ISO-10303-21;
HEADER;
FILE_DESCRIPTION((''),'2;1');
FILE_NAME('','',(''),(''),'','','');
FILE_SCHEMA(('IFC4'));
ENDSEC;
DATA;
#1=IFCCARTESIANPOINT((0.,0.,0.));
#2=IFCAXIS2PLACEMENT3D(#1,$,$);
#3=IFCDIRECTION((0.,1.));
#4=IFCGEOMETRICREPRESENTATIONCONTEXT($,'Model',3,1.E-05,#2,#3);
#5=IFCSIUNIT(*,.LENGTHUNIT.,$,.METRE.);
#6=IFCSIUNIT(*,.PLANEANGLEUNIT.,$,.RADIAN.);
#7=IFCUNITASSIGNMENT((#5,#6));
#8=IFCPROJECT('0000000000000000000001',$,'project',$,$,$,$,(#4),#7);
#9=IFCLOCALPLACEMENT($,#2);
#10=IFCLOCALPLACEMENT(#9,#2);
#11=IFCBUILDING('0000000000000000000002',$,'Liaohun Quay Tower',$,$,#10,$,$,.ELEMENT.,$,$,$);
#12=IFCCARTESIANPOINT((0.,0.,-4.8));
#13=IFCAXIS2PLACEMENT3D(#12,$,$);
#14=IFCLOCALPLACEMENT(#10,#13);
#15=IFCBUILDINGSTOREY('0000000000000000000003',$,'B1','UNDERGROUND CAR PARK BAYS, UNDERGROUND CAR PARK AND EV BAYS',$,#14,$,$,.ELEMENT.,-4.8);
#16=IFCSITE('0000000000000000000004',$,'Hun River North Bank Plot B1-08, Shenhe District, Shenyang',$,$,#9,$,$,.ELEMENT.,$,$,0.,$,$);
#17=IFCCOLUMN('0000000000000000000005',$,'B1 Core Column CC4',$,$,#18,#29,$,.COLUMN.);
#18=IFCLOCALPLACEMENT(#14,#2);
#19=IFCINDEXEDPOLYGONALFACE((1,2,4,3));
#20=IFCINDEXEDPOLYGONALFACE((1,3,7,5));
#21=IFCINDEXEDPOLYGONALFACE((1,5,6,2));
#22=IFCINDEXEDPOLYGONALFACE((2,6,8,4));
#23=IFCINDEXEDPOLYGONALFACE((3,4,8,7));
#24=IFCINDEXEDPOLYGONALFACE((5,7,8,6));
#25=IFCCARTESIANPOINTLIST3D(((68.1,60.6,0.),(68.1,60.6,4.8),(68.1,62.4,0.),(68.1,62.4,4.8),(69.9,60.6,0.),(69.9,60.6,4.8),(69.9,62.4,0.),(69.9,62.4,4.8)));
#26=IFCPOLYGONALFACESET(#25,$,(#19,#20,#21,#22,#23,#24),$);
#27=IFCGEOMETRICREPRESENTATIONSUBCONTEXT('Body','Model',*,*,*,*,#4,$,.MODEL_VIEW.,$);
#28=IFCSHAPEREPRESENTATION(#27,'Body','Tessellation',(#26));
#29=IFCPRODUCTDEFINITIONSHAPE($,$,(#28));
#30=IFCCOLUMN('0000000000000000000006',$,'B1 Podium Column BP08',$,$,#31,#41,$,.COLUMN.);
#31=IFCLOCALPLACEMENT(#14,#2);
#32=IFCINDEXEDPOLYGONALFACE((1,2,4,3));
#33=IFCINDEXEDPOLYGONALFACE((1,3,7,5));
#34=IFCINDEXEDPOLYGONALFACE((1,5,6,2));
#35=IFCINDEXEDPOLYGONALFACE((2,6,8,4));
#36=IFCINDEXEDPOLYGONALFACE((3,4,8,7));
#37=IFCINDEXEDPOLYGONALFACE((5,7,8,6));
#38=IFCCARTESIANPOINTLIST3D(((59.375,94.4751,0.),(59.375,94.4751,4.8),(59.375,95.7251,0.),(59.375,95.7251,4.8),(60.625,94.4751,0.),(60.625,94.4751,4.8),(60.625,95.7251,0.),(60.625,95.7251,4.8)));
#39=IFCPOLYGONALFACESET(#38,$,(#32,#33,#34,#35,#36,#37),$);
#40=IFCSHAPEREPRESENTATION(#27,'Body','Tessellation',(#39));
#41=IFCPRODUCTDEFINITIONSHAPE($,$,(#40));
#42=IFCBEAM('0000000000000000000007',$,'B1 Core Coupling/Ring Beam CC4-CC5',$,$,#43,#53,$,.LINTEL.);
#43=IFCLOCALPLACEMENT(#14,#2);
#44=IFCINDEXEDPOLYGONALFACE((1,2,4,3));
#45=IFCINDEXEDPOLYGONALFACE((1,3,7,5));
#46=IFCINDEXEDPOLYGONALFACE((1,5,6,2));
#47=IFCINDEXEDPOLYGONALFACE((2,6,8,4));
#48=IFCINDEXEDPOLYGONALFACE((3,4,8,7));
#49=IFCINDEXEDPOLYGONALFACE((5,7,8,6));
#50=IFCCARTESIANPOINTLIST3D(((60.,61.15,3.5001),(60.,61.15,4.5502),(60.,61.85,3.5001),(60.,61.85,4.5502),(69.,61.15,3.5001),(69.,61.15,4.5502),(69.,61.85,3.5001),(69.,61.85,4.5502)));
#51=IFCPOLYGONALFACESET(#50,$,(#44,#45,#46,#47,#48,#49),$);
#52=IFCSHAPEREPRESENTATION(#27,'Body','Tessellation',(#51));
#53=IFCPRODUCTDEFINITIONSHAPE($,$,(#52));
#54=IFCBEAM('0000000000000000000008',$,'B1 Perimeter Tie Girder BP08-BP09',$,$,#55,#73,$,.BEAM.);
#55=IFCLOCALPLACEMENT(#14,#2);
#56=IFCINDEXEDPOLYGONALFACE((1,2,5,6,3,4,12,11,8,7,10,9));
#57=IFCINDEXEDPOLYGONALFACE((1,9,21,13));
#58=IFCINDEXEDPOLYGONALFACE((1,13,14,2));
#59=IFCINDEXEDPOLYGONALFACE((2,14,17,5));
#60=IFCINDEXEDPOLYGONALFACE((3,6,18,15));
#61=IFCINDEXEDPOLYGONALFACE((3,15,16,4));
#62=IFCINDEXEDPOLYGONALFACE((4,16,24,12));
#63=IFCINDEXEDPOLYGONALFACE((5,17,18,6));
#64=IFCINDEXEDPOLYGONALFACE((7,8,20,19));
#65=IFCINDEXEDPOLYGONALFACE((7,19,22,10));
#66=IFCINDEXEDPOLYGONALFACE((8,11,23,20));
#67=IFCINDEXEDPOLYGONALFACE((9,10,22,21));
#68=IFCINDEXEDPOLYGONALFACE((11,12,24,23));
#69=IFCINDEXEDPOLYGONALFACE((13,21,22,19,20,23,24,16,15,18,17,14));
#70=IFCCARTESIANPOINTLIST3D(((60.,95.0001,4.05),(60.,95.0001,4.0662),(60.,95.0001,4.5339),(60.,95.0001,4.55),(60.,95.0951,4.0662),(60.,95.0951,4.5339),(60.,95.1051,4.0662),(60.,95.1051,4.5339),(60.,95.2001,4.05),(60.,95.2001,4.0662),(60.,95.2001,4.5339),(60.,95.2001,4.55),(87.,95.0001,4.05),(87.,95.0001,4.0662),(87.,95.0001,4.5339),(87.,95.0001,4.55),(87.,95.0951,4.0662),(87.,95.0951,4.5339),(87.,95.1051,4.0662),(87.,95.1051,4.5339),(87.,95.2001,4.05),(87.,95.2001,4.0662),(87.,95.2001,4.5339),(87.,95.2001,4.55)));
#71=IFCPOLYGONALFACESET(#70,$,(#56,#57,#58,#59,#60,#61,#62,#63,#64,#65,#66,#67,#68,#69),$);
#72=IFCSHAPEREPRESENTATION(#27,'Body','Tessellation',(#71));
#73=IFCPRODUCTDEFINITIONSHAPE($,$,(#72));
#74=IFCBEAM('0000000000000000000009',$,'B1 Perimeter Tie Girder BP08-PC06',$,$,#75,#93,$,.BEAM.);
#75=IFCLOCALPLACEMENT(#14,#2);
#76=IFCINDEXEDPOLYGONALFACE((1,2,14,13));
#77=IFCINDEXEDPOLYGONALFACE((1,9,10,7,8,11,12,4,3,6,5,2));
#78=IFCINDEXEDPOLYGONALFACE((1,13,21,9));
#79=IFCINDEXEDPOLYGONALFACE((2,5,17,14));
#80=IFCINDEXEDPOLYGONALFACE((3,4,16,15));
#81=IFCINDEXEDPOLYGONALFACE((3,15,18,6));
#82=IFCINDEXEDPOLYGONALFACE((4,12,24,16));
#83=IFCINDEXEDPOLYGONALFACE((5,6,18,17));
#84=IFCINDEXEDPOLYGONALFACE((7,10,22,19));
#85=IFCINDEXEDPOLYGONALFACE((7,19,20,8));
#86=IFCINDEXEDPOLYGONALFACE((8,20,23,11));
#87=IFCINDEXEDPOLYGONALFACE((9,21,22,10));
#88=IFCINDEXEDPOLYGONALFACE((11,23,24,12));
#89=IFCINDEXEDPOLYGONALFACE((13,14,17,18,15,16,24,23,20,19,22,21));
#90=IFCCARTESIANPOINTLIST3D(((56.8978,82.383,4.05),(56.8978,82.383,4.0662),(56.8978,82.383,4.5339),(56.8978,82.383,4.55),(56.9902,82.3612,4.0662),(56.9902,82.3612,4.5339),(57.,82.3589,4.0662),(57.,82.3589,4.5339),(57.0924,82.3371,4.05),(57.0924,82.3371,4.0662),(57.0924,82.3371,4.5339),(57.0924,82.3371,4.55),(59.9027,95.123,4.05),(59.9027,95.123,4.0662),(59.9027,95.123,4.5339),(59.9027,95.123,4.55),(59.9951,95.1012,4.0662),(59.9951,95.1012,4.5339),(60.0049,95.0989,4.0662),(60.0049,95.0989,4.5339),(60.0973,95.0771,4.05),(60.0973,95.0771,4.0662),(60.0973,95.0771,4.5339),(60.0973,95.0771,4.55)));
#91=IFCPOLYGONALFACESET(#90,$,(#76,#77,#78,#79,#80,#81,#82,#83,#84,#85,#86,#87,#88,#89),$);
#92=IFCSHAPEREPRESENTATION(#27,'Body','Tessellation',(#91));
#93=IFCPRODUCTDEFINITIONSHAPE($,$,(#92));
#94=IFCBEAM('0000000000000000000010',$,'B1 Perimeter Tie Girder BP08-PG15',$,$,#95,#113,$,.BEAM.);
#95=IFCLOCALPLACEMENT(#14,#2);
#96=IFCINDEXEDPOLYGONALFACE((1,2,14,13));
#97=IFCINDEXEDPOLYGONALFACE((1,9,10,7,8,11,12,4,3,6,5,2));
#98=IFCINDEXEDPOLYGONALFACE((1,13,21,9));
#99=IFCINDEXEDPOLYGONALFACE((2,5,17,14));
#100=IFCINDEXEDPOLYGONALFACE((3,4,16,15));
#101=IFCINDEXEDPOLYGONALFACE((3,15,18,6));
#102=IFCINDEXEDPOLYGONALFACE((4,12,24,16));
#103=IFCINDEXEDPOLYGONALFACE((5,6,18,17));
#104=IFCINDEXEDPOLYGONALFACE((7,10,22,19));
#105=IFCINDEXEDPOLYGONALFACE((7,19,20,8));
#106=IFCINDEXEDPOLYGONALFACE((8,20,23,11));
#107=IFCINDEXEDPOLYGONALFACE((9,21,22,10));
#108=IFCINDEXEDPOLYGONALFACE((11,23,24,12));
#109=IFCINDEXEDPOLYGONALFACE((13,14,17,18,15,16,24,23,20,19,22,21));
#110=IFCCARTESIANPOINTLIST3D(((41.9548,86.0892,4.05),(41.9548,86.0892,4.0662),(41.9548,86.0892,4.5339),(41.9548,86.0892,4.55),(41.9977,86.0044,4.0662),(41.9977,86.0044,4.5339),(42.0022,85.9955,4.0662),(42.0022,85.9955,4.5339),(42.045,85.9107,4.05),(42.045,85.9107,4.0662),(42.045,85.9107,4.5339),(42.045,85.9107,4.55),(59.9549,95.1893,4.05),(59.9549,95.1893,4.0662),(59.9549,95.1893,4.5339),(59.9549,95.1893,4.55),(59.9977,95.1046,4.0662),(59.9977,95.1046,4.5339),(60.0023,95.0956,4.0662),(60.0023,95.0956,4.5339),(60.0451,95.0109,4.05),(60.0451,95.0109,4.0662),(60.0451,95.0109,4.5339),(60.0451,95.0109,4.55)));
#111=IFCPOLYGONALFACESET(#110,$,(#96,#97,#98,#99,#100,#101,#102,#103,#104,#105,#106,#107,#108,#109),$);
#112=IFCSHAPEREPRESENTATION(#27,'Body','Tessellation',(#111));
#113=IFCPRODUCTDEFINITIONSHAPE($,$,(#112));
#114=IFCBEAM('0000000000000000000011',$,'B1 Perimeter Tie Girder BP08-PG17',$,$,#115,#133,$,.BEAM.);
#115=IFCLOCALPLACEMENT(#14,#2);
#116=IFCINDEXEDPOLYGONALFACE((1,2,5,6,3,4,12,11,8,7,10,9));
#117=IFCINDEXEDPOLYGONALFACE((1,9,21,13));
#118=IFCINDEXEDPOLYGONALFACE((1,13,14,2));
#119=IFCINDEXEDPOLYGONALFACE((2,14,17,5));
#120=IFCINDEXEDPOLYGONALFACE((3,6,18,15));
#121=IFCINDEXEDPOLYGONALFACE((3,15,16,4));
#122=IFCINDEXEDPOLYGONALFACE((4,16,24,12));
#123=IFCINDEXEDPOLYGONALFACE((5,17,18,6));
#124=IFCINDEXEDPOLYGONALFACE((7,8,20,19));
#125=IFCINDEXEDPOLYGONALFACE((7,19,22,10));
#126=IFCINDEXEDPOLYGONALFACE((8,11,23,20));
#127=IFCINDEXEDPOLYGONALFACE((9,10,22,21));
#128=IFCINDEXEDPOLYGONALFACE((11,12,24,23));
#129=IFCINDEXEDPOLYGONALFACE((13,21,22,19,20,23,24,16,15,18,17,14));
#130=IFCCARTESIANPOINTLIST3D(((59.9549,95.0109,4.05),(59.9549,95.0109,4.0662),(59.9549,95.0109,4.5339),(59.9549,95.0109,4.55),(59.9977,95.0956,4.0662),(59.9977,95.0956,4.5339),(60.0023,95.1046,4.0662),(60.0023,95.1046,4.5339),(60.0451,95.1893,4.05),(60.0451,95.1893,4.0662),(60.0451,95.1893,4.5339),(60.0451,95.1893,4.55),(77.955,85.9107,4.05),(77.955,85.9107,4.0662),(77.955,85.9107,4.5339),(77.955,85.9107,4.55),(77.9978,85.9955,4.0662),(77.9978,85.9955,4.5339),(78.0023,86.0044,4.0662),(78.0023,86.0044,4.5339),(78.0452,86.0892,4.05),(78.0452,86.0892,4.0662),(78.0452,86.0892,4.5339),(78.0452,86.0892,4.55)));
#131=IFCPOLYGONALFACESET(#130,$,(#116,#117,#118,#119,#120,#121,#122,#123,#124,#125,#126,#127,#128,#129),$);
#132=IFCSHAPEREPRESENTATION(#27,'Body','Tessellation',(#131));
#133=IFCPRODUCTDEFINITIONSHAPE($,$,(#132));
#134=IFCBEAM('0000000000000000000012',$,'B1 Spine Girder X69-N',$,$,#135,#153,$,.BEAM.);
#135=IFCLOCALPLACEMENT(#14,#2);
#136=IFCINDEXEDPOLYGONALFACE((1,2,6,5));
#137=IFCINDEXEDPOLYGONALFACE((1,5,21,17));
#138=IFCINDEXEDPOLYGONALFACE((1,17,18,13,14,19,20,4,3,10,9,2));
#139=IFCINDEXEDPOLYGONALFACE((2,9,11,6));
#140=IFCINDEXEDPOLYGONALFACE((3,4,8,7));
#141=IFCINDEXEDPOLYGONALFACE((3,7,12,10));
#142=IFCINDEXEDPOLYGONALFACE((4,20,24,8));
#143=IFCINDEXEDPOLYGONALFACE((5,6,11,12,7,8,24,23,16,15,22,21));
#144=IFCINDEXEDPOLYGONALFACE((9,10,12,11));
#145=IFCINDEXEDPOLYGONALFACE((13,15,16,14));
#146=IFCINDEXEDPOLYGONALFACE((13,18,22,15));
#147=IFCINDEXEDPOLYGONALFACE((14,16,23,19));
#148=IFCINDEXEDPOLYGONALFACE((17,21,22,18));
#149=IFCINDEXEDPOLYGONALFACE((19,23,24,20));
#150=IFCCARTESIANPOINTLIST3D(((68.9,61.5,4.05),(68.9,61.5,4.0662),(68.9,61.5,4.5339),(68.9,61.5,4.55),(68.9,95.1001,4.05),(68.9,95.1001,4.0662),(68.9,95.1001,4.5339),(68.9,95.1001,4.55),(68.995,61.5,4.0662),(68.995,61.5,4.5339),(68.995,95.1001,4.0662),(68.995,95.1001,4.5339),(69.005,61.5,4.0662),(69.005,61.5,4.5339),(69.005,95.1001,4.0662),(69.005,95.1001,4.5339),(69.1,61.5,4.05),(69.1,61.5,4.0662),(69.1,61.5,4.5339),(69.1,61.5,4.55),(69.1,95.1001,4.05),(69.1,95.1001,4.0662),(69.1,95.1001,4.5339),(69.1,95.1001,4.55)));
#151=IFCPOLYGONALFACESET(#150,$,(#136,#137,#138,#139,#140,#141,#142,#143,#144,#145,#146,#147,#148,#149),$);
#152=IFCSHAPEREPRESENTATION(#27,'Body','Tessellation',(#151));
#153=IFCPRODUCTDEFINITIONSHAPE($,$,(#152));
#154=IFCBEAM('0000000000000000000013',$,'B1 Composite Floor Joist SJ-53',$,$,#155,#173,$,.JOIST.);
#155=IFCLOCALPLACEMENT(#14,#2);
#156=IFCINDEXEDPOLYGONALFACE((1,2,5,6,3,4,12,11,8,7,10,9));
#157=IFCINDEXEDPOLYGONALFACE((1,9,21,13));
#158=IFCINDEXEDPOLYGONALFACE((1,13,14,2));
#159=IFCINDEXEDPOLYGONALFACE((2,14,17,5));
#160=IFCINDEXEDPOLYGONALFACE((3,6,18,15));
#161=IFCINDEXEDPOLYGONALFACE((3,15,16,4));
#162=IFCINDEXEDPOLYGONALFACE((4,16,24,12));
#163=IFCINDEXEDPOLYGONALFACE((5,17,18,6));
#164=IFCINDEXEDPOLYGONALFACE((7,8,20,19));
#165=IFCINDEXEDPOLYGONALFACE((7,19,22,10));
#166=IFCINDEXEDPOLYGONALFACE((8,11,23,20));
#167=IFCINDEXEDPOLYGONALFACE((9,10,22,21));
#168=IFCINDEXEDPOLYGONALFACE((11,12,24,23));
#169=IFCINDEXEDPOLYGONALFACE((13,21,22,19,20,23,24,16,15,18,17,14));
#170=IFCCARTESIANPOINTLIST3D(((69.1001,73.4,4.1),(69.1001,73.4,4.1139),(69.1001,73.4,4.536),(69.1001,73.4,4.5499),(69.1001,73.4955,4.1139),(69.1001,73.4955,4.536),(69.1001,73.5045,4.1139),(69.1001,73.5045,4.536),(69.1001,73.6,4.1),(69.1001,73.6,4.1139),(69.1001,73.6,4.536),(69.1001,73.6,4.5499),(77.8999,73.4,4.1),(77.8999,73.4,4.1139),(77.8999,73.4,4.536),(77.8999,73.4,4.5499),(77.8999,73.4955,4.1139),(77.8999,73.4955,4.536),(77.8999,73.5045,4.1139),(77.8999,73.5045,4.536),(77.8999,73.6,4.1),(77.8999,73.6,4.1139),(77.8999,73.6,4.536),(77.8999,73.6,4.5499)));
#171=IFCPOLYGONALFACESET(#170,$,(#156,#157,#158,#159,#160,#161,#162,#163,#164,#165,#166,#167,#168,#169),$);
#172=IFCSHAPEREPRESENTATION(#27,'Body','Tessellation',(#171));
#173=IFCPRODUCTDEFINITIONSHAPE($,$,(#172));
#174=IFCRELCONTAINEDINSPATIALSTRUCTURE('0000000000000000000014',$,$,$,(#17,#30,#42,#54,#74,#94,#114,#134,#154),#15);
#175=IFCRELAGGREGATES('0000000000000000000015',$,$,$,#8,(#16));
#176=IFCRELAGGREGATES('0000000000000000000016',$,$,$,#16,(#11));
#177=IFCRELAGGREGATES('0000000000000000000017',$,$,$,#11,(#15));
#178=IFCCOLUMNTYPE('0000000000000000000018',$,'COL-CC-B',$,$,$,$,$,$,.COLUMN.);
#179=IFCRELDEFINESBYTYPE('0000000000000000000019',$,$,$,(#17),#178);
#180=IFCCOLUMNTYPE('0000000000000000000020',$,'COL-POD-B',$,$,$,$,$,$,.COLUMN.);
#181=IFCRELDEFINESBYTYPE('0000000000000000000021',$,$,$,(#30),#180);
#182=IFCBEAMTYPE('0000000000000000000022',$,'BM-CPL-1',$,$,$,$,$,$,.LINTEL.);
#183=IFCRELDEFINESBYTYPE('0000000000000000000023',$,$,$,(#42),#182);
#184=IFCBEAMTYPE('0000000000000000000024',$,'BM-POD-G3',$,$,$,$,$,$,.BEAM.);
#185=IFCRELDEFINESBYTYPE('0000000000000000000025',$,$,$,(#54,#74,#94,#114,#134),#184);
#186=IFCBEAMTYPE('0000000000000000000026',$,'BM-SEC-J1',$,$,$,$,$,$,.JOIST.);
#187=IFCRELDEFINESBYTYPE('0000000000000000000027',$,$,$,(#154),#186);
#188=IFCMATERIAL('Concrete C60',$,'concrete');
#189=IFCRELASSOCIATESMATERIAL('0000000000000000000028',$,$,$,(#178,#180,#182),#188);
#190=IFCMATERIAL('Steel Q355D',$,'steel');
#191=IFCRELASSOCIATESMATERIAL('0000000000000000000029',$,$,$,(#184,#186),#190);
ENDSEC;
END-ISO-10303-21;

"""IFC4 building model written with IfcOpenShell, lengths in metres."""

from ifc_helpers import new_model, si_unit, direction, frame, origin, origin_2d, place, context, subcontext, project, spatial, rectangle, i_section, extrude, source, transform, mapped, material, material_profile, profile_set, type_object, element, save


model = new_model("IFC4")

# Units and contexts
model_context = context("Model", 3, precision=1e-05, world=origin(), true_north=direction((0.0, 1.0)))
body_context = subcontext(model_context, "Body", "Model", "MODEL_VIEW")
ifc_project = project(units=[si_unit("LENGTHUNIT", "METRE"), si_unit("PLANEANGLEUNIT", "RADIAN")], contexts=[model_context])

# Site, building, storey
site_placement = place(None, origin())
site = spatial("IfcSite", under=ifc_project, at=site_placement, Name="Hun River North Bank Plot B1-08, Shenhe District, Shenyang", CompositionType="ELEMENT", RefElevation=0.0)
building_placement = place(site_placement, origin())
building = spatial("IfcBuilding", under=site, at=building_placement, Name="Liaohun Quay Tower", CompositionType="ELEMENT")
storey_placement = place(building_placement, frame((0.0, 0.0, -4.8)))
storey = spatial("IfcBuildingStorey", under=building, at=storey_placement, Name="B1", Description="UNDERGROUND CAR PARK BAYS, UNDERGROUND CAR PARK AND EV BAYS", CompositionType="ELEMENT", Elevation=-4.8)

# Columns
ifc_material_1 = material(Name="Concrete C60", Category="concrete")
ifc_material_profile_1 = material_profile(ifc_material_1, rectangle(XDim=1.8, YDim=1.8, at=origin_2d()), Name="RC1800x1800")
ifc_profile_set_1 = profile_set([ifc_material_profile_1], Name="Concrete C60")
column_type_1 = type_object("IfcColumnType", Name="COL-CC-B", PredefinedType="COLUMN", material=ifc_profile_set_1)
shared_shape_1 = source(origin(), body_context, "Body", "SweptSolid", [
    extrude(rectangle(XDim=1.8, YDim=1.8, at=origin_2d()), origin(), (0.0, 0.0, 1.0), 4.8),
])
column_1_placement = place(storey_placement, frame((69.0, 61.5, 0.0), z_axis=(0.0, 0.0, 1.0), x_axis=(1.0, 0.0, 0.0)))
element("IfcColumn", 1, at=column_1_placement, inside=storey, type_object=column_type_1, Name="B1 Core Column CC4", PredefinedType="COLUMN", context=body_context, shape_type="MappedRepresentation", body=[
    mapped(shared_shape_1, transform((0.0, 0.0, 0.0), x_axis=(1.0, 0.0, 0.0), y_axis=(0.0, 1.0, 0.0), z_axis=(0.0, 0.0, 1.0), scale=1.0)),
])
ifc_material_profile_2 = material_profile(ifc_material_1, rectangle(XDim=1.25, YDim=1.25, at=origin_2d()), Name="RC1250x1250")
ifc_profile_set_2 = profile_set([ifc_material_profile_2], Name="Concrete C60")
column_type_2 = type_object("IfcColumnType", Name="COL-POD-B", PredefinedType="COLUMN", material=ifc_profile_set_2)
shared_shape_2 = source(origin(), body_context, "Body", "SweptSolid", [
    extrude(rectangle(XDim=1.25, YDim=1.25, at=origin_2d()), origin(), (0.0, 0.0, 1.0), 4.8),
])
column_2_placement = place(storey_placement, frame((60.0, 95.1001, 0.0), z_axis=(0.0, 0.0, 1.0), x_axis=(1.0, 0.0, 0.0)))
element("IfcColumn", 2, at=column_2_placement, inside=storey, type_object=column_type_2, Name="B1 Podium Column BP08", PredefinedType="COLUMN", context=body_context, shape_type="MappedRepresentation", body=[
    mapped(shared_shape_2, transform((0.0, 0.0, 0.0), x_axis=(1.0, 0.0, 0.0), y_axis=(0.0, 1.0, 0.0), z_axis=(0.0, 0.0, 1.0), scale=1.0)),
])

# Beams
ifc_material_profile_3 = material_profile(ifc_material_1, rectangle(XDim=0.7, YDim=1.05, at=origin_2d()), Name="RC700x1050")
ifc_profile_set_3 = profile_set([ifc_material_profile_3], Name="Concrete C60")
beam_type_1 = type_object("IfcBeamType", Name="BM-CPL-1", PredefinedType="LINTEL", material=ifc_profile_set_3)
shared_shape_3 = source(origin(), body_context, "Body", "SweptSolid", [
    extrude(rectangle(XDim=0.7, YDim=1.05, at=origin_2d()), origin(), (0.0, 0.0, 1.0), 9.0),
])
beam_1_placement = place(storey_placement, frame((69.0, 61.5, 4.0251), z_axis=(-1.0, 0.0, 0.0), x_axis=(0.0, -1.0, 0.0)))
element("IfcBeam", 3, at=beam_1_placement, inside=storey, type_object=beam_type_1, Name="B1 Core Coupling/Ring Beam CC4-CC5", PredefinedType="LINTEL", context=body_context, shape_type="MappedRepresentation", body=[
    mapped(shared_shape_3, transform((0.0, 0.0, 0.0), x_axis=(1.0, 0.0, 0.0), y_axis=(0.0, 1.0, 0.0), z_axis=(0.0, 0.0, 1.0), scale=1.0)),
])
ifc_material_2 = material(Name="Steel Q355D", Category="steel")
ifc_material_profile_4 = material_profile(ifc_material_2, i_section(OverallWidth=0.2, OverallDepth=0.5, WebThickness=0.01, FlangeThickness=0.0161, at=origin_2d()), Name="HN500x200x10x16")
ifc_profile_set_4 = profile_set([ifc_material_profile_4], Name="Steel Q355D")
beam_type_2 = type_object("IfcBeamType", Name="BM-POD-G3", PredefinedType="BEAM", material=ifc_profile_set_4)
shared_shape_4 = source(origin(), body_context, "Body", "SweptSolid", [
    extrude(i_section(OverallWidth=0.2, OverallDepth=0.5, WebThickness=0.01, FlangeThickness=0.0161, at=origin_2d()), origin(), (0.0, 0.0, 1.0), 27.0),
])
beam_2_placement = place(storey_placement, frame((60.0, 95.1001, 4.3), z_axis=(1.0, 0.0, 0.0), x_axis=(0.0, 1.0, 0.0)))
element("IfcBeam", 4, at=beam_2_placement, inside=storey, type_object=beam_type_2, Name="B1 Perimeter Tie Girder BP08-BP09", PredefinedType="BEAM", context=body_context, shape_type="MappedRepresentation", body=[
    mapped(shared_shape_4, transform((0.0, 0.0, 0.0), x_axis=(1.0, 0.0, 0.0), y_axis=(0.0, 1.0, 0.0), z_axis=(0.0, 0.0, 1.0), scale=1.0)),
])
shared_shape_5 = source(origin(), body_context, "Body", "SweptSolid", [
    extrude(i_section(OverallWidth=0.2, OverallDepth=0.5, WebThickness=0.01, FlangeThickness=0.0161, at=origin_2d()), origin(), (0.0, 0.0, 1.0), 13.0896),
])
beam_3_placement = place(storey_placement, frame((60.0, 95.1001, 4.3), z_axis=(-0.229563, -0.973294, 0.0), x_axis=(0.973294, -0.229563, 0.0)))
element("IfcBeam", 5, at=beam_3_placement, inside=storey, type_object=beam_type_2, Name="B1 Perimeter Tie Girder BP08-PC06", PredefinedType="BEAM", context=body_context, shape_type="MappedRepresentation", body=[
    mapped(shared_shape_5, transform((0.0, 0.0, 0.0), x_axis=(1.0, 0.0, 0.0), y_axis=(0.0, 1.0, 0.0), z_axis=(0.0, 0.0, 1.0), scale=1.0)),
])
shared_shape_6 = source(origin(), body_context, "Body", "SweptSolid", [
    extrude(i_section(OverallWidth=0.2, OverallDepth=0.5, WebThickness=0.01, FlangeThickness=0.0161, at=origin_2d()), origin(), (0.0, 0.0, 1.0), 20.1697),
])
for number, where, z_axis, x_axis, name in (
    (6, (60.0, 95.1001, 4.3), (-0.892433, -0.451179, 0.0), (0.451179, -0.892433, 0.0), "B1 Perimeter Tie Girder BP08-PG15"),
    (7, (60.0, 95.1001, 4.3), (0.892433, -0.451179, 0.0), (0.451179, 0.892433, 0.0), "B1 Perimeter Tie Girder BP08-PG17"),
):
    element("IfcBeam", number, at=place(storey_placement, frame(where, z_axis=z_axis, x_axis=x_axis)), inside=storey, type_object=beam_type_2, Name=name, PredefinedType="BEAM", context=body_context, shape_type="MappedRepresentation", body=[
        mapped(shared_shape_6, transform((0.0, 0.0, 0.0), x_axis=(1.0, 0.0, 0.0), y_axis=(0.0, 1.0, 0.0), z_axis=(0.0, 0.0, 1.0), scale=1.0)),
    ])
shared_shape_7 = source(origin(), body_context, "Body", "SweptSolid", [
    extrude(i_section(OverallWidth=0.2, OverallDepth=0.5, WebThickness=0.01, FlangeThickness=0.0161, at=origin_2d()), origin(), (0.0, 0.0, 1.0), 33.6001),
])
beam_4_placement = place(storey_placement, frame((69.0, 61.5, 4.3), z_axis=(0.0, 1.0, 0.0), x_axis=(-1.0, 0.0, 0.0)))
element("IfcBeam", 8, at=beam_4_placement, inside=storey, type_object=beam_type_2, Name="B1 Spine Girder X69-N", PredefinedType="BEAM", context=body_context, shape_type="MappedRepresentation", body=[
    mapped(shared_shape_7, transform((0.0, 0.0, 0.0), x_axis=(1.0, 0.0, 0.0), y_axis=(0.0, 1.0, 0.0), z_axis=(0.0, 0.0, 1.0), scale=1.0)),
])
ifc_material_profile_5 = material_profile(ifc_material_2, i_section(OverallWidth=0.2, OverallDepth=0.45, WebThickness=0.009, FlangeThickness=0.0139, at=origin_2d()), Name="HN450x200x9x14")
ifc_profile_set_5 = profile_set([ifc_material_profile_5], Name="Steel Q355D")
beam_type_3 = type_object("IfcBeamType", Name="BM-SEC-J1", PredefinedType="JOIST", material=ifc_profile_set_5)
shared_shape_8 = source(origin(), body_context, "Body", "SweptSolid", [
    extrude(i_section(OverallWidth=0.2, OverallDepth=0.45, WebThickness=0.009, FlangeThickness=0.0139, at=origin_2d()), origin(), (0.0, 0.0, 1.0), 8.7998),
])
for number, where, z_axis, x_axis, name in (
    (9, (69.1001, 73.5, 4.325), (1.0, 0.0, 0.0), (0.0, 1.0, 0.0), "B1 Composite Floor Joist SJ-53"),
):
    element("IfcBeam", number, at=place(storey_placement, frame(where, z_axis=z_axis, x_axis=x_axis)), inside=storey, type_object=beam_type_3, Name=name, PredefinedType="JOIST", context=body_context, shape_type="MappedRepresentation", body=[
        mapped(shared_shape_8, transform((0.0, 0.0, 0.0), x_axis=(1.0, 0.0, 0.0), y_axis=(0.0, 1.0, 0.0), z_axis=(0.0, 0.0, 1.0), scale=1.0)),
    ])

save(model, "model.ifc")
